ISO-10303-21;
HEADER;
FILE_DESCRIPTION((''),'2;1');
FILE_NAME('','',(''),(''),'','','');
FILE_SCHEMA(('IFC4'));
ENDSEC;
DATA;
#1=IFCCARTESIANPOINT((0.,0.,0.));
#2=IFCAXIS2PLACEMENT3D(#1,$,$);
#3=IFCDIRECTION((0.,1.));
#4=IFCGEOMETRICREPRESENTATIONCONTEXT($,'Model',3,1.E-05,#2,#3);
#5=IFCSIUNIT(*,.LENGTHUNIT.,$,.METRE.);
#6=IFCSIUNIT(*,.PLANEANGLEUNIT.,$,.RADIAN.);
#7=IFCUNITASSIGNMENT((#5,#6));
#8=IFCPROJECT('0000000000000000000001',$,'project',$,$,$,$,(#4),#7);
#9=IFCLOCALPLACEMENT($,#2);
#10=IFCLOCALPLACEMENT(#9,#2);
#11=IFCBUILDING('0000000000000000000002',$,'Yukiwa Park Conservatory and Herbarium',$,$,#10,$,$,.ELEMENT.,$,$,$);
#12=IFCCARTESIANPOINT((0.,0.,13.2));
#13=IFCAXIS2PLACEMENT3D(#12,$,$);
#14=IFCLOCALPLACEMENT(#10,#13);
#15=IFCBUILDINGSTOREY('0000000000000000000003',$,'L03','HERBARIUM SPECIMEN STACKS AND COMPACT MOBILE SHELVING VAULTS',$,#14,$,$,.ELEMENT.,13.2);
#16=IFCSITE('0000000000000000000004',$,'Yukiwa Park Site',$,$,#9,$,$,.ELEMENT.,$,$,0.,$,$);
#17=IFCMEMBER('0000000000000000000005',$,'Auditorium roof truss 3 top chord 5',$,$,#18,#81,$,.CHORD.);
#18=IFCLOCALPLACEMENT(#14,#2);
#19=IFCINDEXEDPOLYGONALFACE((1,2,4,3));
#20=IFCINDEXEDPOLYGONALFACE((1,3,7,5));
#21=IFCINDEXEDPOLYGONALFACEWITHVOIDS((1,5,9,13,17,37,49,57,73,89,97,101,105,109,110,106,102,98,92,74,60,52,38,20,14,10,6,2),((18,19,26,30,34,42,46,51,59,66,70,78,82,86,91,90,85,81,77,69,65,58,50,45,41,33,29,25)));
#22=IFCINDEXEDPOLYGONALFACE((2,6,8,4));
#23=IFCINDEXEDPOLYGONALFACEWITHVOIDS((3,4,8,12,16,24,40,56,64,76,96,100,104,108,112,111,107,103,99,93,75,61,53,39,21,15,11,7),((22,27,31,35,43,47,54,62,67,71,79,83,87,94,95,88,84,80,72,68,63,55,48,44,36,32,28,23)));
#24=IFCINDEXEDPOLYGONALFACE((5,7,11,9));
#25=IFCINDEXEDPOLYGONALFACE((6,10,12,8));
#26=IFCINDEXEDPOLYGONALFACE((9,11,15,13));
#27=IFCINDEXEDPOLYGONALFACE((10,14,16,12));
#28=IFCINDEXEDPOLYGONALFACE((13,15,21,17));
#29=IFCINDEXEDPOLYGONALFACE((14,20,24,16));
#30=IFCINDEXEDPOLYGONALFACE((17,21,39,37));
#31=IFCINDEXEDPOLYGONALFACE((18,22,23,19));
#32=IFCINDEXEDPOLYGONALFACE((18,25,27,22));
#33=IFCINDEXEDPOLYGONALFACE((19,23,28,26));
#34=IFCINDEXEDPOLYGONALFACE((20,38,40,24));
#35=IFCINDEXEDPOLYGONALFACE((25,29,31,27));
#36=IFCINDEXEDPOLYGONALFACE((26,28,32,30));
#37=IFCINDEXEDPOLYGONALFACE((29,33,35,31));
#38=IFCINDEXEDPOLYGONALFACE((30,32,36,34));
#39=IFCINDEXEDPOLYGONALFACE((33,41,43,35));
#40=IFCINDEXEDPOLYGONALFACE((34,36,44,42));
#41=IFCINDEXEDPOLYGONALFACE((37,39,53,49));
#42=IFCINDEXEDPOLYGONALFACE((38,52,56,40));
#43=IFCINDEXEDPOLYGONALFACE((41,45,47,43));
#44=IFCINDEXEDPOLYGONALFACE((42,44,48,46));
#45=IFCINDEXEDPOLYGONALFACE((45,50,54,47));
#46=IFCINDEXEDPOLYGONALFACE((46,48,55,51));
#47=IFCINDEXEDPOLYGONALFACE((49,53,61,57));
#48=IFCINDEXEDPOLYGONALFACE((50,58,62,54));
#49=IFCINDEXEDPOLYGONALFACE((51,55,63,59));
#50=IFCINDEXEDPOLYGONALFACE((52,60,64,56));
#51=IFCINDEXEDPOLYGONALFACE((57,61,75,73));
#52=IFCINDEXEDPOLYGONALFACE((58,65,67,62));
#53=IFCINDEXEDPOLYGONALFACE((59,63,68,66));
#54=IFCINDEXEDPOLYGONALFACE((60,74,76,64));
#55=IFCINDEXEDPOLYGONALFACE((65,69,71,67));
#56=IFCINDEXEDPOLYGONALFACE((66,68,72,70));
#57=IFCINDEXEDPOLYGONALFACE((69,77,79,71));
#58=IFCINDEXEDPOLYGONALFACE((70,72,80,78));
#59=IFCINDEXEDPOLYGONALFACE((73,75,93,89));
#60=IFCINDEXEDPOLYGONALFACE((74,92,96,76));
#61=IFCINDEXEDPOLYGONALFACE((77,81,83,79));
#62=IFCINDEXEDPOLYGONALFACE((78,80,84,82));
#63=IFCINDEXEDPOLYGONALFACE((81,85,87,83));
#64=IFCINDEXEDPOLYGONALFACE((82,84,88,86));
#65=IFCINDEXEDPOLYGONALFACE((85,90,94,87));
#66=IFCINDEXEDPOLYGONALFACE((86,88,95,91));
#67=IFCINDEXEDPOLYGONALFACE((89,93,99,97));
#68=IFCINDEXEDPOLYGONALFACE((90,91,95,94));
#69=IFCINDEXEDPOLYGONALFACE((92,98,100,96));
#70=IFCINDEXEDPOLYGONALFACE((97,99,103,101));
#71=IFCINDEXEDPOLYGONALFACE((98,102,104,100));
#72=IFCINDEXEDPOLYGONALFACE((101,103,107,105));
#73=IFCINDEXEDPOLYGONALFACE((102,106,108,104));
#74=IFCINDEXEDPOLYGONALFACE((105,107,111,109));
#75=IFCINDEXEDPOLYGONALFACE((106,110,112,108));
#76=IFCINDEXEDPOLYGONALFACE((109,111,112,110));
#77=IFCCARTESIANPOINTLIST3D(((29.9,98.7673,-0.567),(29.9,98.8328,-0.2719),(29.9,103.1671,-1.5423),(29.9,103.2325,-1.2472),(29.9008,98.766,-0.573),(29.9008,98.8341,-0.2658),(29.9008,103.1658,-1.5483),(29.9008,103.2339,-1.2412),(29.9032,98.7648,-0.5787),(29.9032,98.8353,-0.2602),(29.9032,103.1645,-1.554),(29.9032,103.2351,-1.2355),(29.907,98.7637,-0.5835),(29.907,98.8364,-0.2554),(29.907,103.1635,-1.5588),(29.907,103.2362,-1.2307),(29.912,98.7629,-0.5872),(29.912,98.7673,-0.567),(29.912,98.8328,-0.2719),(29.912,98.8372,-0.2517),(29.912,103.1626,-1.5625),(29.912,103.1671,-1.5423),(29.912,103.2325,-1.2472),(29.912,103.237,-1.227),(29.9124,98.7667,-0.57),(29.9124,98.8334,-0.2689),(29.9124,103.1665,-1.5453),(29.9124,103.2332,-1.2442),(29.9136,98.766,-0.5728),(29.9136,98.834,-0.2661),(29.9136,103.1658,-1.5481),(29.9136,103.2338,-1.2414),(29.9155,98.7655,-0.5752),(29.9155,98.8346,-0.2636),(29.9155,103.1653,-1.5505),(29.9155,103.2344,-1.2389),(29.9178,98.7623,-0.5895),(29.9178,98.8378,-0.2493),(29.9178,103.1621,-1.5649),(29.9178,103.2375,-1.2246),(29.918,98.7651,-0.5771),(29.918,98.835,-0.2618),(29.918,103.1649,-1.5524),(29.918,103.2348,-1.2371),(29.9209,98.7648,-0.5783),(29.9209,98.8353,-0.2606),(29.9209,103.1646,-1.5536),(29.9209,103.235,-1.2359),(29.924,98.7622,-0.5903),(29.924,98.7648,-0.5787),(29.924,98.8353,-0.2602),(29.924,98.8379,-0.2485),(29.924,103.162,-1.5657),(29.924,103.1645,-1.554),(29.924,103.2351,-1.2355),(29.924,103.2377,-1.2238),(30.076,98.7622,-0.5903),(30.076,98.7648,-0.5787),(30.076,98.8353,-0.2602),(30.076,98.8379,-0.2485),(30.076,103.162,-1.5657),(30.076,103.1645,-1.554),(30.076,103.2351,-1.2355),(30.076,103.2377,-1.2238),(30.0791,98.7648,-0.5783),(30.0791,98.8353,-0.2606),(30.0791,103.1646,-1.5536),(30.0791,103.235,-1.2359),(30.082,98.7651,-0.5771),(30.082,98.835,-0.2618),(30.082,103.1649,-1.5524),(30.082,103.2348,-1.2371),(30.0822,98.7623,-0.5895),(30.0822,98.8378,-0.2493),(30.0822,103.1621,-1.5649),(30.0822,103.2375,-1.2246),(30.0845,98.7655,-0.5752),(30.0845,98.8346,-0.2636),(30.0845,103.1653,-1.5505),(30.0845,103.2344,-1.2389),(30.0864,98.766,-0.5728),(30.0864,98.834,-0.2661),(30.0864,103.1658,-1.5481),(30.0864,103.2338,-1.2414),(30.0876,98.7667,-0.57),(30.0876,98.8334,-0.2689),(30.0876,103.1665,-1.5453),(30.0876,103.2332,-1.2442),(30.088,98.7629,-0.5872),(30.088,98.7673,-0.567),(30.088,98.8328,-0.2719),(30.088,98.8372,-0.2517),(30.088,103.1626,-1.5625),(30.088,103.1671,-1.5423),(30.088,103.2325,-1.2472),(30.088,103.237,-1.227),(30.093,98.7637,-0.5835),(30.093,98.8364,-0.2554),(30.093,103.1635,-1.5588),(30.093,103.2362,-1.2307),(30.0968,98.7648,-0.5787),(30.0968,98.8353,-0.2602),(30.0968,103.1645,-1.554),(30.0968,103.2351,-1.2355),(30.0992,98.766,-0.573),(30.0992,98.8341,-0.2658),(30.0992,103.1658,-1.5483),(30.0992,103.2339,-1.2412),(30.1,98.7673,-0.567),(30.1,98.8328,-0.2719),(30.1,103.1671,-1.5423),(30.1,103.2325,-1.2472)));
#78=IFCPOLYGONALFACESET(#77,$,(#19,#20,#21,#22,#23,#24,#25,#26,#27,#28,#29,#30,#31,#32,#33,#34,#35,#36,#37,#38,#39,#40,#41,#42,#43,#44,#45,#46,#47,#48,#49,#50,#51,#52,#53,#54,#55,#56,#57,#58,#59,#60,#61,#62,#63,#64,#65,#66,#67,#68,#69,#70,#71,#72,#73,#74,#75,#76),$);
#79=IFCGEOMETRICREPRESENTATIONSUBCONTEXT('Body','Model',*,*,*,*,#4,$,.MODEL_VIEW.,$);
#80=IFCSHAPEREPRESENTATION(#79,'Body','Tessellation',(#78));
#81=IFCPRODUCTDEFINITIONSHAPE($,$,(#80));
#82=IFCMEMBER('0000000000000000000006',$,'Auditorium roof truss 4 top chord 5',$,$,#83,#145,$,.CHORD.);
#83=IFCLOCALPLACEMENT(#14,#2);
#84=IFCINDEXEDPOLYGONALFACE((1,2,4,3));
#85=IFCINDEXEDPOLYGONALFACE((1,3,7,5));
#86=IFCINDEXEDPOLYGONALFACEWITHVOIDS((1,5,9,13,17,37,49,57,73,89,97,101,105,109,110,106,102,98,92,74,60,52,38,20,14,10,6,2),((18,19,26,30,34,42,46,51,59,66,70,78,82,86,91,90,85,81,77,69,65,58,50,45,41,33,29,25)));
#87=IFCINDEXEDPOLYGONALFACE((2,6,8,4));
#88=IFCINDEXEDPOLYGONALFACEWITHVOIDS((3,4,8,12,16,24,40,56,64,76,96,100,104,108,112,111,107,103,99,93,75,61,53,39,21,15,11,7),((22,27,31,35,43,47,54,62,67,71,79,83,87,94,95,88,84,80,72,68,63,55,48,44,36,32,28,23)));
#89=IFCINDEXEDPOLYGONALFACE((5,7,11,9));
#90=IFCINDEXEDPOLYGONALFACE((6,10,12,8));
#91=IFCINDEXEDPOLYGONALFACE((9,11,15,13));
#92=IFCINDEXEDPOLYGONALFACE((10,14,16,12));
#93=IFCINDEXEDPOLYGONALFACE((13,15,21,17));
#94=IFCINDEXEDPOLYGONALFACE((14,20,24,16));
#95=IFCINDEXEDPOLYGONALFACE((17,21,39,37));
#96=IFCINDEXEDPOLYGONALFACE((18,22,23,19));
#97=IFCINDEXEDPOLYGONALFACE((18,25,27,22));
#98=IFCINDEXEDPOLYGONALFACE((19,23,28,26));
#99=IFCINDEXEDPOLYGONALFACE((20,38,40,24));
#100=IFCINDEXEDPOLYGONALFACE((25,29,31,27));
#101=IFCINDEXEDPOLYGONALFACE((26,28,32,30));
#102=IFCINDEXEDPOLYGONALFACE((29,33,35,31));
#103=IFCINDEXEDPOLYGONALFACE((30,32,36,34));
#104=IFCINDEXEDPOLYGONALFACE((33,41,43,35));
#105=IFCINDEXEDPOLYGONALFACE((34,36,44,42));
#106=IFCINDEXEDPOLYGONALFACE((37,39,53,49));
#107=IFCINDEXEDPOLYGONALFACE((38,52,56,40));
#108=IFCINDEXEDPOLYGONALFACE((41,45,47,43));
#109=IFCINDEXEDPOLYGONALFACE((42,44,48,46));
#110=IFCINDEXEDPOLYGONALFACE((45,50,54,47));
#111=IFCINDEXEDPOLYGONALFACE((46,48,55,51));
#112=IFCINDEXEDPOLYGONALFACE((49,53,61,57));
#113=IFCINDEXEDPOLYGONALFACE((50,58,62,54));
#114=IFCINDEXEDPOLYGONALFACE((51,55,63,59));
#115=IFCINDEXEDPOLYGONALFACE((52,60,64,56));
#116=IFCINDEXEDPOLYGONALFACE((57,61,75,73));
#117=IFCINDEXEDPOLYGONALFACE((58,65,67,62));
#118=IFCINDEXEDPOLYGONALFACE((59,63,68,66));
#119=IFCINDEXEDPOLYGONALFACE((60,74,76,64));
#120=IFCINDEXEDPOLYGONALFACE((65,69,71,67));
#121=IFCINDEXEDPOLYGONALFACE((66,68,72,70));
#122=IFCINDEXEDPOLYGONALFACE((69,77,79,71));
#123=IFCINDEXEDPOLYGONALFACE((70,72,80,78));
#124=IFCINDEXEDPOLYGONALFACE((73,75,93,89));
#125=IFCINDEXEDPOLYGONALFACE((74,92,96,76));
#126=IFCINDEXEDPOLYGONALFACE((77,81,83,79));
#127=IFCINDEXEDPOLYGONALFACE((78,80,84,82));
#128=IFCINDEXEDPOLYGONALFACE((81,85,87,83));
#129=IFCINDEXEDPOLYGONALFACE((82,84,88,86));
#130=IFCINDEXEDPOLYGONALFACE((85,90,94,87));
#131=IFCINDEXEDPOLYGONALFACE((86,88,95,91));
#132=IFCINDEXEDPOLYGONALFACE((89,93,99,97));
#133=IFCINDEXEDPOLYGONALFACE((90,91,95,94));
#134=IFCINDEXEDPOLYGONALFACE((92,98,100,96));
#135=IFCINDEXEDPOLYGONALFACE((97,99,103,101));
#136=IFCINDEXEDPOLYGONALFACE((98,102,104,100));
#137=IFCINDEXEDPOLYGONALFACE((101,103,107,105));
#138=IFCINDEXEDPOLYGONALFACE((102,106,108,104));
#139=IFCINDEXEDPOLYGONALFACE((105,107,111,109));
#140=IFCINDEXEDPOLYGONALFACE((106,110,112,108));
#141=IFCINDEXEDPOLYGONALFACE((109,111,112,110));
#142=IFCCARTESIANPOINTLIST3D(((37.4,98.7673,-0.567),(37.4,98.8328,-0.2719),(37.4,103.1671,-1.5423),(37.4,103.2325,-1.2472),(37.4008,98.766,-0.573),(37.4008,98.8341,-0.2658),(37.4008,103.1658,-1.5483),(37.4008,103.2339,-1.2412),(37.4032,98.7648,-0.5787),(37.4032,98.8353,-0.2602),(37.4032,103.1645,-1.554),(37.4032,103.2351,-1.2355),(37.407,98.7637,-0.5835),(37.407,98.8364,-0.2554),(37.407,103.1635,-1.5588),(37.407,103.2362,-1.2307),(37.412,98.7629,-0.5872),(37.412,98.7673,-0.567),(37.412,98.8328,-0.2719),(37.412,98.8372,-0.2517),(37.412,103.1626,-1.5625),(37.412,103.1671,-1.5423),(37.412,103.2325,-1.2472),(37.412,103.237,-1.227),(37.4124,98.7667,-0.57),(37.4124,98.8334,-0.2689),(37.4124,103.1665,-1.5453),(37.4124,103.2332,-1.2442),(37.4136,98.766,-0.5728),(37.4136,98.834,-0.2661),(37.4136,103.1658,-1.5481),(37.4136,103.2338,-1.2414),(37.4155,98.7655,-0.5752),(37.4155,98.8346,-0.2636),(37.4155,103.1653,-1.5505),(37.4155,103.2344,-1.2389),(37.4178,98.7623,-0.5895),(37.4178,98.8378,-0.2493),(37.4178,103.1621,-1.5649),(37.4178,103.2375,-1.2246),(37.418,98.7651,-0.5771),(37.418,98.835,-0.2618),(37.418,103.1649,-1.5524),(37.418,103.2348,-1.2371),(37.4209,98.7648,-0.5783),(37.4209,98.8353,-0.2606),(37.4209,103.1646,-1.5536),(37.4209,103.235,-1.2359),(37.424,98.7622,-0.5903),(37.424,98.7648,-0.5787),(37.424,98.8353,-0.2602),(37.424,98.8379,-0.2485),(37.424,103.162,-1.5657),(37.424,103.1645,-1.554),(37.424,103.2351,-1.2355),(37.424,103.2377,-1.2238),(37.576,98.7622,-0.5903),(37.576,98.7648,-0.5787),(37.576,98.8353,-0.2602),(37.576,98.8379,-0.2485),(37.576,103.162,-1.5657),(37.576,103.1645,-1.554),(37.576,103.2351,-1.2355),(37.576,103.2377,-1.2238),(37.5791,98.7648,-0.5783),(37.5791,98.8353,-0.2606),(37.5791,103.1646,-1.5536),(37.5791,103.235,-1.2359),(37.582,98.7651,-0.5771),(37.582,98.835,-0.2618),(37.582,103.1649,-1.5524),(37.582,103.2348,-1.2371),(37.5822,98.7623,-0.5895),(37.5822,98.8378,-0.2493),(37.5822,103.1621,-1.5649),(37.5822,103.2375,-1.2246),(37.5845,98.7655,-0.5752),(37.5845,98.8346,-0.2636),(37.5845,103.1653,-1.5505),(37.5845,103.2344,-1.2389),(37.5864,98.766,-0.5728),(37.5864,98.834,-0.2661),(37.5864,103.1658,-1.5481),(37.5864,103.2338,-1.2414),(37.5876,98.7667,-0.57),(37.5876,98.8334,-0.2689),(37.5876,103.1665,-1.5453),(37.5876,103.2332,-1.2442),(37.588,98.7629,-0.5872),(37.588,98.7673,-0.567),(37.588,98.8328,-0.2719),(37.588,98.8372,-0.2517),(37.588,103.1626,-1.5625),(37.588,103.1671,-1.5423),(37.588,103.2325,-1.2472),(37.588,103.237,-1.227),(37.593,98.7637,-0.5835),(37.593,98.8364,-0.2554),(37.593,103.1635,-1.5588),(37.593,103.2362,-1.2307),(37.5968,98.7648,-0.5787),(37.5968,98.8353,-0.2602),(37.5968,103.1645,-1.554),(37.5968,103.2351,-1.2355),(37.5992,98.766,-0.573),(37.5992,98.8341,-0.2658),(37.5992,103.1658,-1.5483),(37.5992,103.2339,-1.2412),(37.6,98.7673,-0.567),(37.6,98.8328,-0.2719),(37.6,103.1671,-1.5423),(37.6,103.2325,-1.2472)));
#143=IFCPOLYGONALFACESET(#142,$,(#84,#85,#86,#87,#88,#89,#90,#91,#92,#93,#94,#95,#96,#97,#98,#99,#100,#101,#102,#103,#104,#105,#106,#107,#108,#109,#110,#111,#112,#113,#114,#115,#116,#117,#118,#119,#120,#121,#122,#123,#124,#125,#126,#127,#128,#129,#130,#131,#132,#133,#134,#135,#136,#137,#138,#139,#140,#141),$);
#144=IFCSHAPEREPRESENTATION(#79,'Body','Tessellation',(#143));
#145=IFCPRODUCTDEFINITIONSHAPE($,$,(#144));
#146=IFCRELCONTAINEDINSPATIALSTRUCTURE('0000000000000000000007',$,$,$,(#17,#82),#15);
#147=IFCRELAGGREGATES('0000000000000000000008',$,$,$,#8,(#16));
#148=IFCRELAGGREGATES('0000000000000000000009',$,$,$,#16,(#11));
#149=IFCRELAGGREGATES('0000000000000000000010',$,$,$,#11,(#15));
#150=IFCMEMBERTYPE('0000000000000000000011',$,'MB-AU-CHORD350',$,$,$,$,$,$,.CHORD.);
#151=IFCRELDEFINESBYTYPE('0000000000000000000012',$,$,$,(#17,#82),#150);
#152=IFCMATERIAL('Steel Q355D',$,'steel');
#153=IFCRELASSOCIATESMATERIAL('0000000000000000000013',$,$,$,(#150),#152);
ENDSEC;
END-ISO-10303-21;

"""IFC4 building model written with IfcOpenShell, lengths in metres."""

from ifc_helpers import new_model, si_unit, direction, frame, origin, origin_2d, place, context, subcontext, project, spatial, hollow_rectangle, extrude, material, material_profile, profile_set, type_object, element, save


model = new_model("IFC4")

# Units and contexts
model_context = context("Model", 3, precision=1e-05, world=origin(), true_north=direction((0.0, 1.0)))
body_context = subcontext(model_context, "Body", "Model", "MODEL_VIEW")
ifc_project = project(units=[si_unit("LENGTHUNIT", "METRE"), si_unit("PLANEANGLEUNIT", "RADIAN")], contexts=[model_context])

# Site, building, storey
site_placement = place(None, origin())
site = spatial("IfcSite", under=ifc_project, at=site_placement, Name="Yukiwa Park Site", CompositionType="ELEMENT", RefElevation=0.0)
building_placement = place(site_placement, origin())
building = spatial("IfcBuilding", under=site, at=building_placement, Name="Yukiwa Park Conservatory and Herbarium", CompositionType="ELEMENT")
storey_placement = place(building_placement, frame((0.0, 0.0, 13.2)))
storey = spatial("IfcBuildingStorey", under=building, at=storey_placement, Name="L03", Description="HERBARIUM SPECIMEN STACKS AND COMPACT MOBILE SHELVING VAULTS", CompositionType="ELEMENT", Elevation=13.2)

# Members
ifc_material_1 = material(Name="Steel Q355D", Category="steel")
ifc_material_profile_1 = material_profile(ifc_material_1, hollow_rectangle(XDim=0.2, YDim=0.3501, WallThickness=0.012, InnerFilletRadius=0.012, OuterFilletRadius=0.0239, at=origin_2d()), Name="RHS 350x200x12")
ifc_profile_set_1 = profile_set([ifc_material_profile_1], Name="Steel Q355D")
member_type_1 = type_object("IfcMemberType", Name="MB-AU-CHORD350", PredefinedType="CHORD", material=ifc_profile_set_1)
for number, where, z_axis, x_axis, name in (
    (1, (30.0, 98.8, -0.4194), (0.0, 0.9763, -0.21642), (-1.0, 0.0, 0.0), "Auditorium roof truss 3 top chord 5"),
    (2, (37.5, 98.8, -0.4194), (0.0, 0.9763, -0.21642), (-1.0, 0.0, 0.0), "Auditorium roof truss 4 top chord 5"),
):
    element("IfcMember", number, at=place(storey_placement, frame(where, z_axis=z_axis, x_axis=x_axis)), inside=storey, type_object=member_type_1, Name=name, PredefinedType="CHORD", context=body_context, shape_type="SweptSolid", body=[
        extrude(hollow_rectangle(XDim=0.2, YDim=0.3501, WallThickness=0.012, InnerFilletRadius=0.012, OuterFilletRadius=0.0239, at=origin_2d()), origin(), (0.0, 0.0, 1.0), 4.5066),
    ])

save(model, "model.ifc")
